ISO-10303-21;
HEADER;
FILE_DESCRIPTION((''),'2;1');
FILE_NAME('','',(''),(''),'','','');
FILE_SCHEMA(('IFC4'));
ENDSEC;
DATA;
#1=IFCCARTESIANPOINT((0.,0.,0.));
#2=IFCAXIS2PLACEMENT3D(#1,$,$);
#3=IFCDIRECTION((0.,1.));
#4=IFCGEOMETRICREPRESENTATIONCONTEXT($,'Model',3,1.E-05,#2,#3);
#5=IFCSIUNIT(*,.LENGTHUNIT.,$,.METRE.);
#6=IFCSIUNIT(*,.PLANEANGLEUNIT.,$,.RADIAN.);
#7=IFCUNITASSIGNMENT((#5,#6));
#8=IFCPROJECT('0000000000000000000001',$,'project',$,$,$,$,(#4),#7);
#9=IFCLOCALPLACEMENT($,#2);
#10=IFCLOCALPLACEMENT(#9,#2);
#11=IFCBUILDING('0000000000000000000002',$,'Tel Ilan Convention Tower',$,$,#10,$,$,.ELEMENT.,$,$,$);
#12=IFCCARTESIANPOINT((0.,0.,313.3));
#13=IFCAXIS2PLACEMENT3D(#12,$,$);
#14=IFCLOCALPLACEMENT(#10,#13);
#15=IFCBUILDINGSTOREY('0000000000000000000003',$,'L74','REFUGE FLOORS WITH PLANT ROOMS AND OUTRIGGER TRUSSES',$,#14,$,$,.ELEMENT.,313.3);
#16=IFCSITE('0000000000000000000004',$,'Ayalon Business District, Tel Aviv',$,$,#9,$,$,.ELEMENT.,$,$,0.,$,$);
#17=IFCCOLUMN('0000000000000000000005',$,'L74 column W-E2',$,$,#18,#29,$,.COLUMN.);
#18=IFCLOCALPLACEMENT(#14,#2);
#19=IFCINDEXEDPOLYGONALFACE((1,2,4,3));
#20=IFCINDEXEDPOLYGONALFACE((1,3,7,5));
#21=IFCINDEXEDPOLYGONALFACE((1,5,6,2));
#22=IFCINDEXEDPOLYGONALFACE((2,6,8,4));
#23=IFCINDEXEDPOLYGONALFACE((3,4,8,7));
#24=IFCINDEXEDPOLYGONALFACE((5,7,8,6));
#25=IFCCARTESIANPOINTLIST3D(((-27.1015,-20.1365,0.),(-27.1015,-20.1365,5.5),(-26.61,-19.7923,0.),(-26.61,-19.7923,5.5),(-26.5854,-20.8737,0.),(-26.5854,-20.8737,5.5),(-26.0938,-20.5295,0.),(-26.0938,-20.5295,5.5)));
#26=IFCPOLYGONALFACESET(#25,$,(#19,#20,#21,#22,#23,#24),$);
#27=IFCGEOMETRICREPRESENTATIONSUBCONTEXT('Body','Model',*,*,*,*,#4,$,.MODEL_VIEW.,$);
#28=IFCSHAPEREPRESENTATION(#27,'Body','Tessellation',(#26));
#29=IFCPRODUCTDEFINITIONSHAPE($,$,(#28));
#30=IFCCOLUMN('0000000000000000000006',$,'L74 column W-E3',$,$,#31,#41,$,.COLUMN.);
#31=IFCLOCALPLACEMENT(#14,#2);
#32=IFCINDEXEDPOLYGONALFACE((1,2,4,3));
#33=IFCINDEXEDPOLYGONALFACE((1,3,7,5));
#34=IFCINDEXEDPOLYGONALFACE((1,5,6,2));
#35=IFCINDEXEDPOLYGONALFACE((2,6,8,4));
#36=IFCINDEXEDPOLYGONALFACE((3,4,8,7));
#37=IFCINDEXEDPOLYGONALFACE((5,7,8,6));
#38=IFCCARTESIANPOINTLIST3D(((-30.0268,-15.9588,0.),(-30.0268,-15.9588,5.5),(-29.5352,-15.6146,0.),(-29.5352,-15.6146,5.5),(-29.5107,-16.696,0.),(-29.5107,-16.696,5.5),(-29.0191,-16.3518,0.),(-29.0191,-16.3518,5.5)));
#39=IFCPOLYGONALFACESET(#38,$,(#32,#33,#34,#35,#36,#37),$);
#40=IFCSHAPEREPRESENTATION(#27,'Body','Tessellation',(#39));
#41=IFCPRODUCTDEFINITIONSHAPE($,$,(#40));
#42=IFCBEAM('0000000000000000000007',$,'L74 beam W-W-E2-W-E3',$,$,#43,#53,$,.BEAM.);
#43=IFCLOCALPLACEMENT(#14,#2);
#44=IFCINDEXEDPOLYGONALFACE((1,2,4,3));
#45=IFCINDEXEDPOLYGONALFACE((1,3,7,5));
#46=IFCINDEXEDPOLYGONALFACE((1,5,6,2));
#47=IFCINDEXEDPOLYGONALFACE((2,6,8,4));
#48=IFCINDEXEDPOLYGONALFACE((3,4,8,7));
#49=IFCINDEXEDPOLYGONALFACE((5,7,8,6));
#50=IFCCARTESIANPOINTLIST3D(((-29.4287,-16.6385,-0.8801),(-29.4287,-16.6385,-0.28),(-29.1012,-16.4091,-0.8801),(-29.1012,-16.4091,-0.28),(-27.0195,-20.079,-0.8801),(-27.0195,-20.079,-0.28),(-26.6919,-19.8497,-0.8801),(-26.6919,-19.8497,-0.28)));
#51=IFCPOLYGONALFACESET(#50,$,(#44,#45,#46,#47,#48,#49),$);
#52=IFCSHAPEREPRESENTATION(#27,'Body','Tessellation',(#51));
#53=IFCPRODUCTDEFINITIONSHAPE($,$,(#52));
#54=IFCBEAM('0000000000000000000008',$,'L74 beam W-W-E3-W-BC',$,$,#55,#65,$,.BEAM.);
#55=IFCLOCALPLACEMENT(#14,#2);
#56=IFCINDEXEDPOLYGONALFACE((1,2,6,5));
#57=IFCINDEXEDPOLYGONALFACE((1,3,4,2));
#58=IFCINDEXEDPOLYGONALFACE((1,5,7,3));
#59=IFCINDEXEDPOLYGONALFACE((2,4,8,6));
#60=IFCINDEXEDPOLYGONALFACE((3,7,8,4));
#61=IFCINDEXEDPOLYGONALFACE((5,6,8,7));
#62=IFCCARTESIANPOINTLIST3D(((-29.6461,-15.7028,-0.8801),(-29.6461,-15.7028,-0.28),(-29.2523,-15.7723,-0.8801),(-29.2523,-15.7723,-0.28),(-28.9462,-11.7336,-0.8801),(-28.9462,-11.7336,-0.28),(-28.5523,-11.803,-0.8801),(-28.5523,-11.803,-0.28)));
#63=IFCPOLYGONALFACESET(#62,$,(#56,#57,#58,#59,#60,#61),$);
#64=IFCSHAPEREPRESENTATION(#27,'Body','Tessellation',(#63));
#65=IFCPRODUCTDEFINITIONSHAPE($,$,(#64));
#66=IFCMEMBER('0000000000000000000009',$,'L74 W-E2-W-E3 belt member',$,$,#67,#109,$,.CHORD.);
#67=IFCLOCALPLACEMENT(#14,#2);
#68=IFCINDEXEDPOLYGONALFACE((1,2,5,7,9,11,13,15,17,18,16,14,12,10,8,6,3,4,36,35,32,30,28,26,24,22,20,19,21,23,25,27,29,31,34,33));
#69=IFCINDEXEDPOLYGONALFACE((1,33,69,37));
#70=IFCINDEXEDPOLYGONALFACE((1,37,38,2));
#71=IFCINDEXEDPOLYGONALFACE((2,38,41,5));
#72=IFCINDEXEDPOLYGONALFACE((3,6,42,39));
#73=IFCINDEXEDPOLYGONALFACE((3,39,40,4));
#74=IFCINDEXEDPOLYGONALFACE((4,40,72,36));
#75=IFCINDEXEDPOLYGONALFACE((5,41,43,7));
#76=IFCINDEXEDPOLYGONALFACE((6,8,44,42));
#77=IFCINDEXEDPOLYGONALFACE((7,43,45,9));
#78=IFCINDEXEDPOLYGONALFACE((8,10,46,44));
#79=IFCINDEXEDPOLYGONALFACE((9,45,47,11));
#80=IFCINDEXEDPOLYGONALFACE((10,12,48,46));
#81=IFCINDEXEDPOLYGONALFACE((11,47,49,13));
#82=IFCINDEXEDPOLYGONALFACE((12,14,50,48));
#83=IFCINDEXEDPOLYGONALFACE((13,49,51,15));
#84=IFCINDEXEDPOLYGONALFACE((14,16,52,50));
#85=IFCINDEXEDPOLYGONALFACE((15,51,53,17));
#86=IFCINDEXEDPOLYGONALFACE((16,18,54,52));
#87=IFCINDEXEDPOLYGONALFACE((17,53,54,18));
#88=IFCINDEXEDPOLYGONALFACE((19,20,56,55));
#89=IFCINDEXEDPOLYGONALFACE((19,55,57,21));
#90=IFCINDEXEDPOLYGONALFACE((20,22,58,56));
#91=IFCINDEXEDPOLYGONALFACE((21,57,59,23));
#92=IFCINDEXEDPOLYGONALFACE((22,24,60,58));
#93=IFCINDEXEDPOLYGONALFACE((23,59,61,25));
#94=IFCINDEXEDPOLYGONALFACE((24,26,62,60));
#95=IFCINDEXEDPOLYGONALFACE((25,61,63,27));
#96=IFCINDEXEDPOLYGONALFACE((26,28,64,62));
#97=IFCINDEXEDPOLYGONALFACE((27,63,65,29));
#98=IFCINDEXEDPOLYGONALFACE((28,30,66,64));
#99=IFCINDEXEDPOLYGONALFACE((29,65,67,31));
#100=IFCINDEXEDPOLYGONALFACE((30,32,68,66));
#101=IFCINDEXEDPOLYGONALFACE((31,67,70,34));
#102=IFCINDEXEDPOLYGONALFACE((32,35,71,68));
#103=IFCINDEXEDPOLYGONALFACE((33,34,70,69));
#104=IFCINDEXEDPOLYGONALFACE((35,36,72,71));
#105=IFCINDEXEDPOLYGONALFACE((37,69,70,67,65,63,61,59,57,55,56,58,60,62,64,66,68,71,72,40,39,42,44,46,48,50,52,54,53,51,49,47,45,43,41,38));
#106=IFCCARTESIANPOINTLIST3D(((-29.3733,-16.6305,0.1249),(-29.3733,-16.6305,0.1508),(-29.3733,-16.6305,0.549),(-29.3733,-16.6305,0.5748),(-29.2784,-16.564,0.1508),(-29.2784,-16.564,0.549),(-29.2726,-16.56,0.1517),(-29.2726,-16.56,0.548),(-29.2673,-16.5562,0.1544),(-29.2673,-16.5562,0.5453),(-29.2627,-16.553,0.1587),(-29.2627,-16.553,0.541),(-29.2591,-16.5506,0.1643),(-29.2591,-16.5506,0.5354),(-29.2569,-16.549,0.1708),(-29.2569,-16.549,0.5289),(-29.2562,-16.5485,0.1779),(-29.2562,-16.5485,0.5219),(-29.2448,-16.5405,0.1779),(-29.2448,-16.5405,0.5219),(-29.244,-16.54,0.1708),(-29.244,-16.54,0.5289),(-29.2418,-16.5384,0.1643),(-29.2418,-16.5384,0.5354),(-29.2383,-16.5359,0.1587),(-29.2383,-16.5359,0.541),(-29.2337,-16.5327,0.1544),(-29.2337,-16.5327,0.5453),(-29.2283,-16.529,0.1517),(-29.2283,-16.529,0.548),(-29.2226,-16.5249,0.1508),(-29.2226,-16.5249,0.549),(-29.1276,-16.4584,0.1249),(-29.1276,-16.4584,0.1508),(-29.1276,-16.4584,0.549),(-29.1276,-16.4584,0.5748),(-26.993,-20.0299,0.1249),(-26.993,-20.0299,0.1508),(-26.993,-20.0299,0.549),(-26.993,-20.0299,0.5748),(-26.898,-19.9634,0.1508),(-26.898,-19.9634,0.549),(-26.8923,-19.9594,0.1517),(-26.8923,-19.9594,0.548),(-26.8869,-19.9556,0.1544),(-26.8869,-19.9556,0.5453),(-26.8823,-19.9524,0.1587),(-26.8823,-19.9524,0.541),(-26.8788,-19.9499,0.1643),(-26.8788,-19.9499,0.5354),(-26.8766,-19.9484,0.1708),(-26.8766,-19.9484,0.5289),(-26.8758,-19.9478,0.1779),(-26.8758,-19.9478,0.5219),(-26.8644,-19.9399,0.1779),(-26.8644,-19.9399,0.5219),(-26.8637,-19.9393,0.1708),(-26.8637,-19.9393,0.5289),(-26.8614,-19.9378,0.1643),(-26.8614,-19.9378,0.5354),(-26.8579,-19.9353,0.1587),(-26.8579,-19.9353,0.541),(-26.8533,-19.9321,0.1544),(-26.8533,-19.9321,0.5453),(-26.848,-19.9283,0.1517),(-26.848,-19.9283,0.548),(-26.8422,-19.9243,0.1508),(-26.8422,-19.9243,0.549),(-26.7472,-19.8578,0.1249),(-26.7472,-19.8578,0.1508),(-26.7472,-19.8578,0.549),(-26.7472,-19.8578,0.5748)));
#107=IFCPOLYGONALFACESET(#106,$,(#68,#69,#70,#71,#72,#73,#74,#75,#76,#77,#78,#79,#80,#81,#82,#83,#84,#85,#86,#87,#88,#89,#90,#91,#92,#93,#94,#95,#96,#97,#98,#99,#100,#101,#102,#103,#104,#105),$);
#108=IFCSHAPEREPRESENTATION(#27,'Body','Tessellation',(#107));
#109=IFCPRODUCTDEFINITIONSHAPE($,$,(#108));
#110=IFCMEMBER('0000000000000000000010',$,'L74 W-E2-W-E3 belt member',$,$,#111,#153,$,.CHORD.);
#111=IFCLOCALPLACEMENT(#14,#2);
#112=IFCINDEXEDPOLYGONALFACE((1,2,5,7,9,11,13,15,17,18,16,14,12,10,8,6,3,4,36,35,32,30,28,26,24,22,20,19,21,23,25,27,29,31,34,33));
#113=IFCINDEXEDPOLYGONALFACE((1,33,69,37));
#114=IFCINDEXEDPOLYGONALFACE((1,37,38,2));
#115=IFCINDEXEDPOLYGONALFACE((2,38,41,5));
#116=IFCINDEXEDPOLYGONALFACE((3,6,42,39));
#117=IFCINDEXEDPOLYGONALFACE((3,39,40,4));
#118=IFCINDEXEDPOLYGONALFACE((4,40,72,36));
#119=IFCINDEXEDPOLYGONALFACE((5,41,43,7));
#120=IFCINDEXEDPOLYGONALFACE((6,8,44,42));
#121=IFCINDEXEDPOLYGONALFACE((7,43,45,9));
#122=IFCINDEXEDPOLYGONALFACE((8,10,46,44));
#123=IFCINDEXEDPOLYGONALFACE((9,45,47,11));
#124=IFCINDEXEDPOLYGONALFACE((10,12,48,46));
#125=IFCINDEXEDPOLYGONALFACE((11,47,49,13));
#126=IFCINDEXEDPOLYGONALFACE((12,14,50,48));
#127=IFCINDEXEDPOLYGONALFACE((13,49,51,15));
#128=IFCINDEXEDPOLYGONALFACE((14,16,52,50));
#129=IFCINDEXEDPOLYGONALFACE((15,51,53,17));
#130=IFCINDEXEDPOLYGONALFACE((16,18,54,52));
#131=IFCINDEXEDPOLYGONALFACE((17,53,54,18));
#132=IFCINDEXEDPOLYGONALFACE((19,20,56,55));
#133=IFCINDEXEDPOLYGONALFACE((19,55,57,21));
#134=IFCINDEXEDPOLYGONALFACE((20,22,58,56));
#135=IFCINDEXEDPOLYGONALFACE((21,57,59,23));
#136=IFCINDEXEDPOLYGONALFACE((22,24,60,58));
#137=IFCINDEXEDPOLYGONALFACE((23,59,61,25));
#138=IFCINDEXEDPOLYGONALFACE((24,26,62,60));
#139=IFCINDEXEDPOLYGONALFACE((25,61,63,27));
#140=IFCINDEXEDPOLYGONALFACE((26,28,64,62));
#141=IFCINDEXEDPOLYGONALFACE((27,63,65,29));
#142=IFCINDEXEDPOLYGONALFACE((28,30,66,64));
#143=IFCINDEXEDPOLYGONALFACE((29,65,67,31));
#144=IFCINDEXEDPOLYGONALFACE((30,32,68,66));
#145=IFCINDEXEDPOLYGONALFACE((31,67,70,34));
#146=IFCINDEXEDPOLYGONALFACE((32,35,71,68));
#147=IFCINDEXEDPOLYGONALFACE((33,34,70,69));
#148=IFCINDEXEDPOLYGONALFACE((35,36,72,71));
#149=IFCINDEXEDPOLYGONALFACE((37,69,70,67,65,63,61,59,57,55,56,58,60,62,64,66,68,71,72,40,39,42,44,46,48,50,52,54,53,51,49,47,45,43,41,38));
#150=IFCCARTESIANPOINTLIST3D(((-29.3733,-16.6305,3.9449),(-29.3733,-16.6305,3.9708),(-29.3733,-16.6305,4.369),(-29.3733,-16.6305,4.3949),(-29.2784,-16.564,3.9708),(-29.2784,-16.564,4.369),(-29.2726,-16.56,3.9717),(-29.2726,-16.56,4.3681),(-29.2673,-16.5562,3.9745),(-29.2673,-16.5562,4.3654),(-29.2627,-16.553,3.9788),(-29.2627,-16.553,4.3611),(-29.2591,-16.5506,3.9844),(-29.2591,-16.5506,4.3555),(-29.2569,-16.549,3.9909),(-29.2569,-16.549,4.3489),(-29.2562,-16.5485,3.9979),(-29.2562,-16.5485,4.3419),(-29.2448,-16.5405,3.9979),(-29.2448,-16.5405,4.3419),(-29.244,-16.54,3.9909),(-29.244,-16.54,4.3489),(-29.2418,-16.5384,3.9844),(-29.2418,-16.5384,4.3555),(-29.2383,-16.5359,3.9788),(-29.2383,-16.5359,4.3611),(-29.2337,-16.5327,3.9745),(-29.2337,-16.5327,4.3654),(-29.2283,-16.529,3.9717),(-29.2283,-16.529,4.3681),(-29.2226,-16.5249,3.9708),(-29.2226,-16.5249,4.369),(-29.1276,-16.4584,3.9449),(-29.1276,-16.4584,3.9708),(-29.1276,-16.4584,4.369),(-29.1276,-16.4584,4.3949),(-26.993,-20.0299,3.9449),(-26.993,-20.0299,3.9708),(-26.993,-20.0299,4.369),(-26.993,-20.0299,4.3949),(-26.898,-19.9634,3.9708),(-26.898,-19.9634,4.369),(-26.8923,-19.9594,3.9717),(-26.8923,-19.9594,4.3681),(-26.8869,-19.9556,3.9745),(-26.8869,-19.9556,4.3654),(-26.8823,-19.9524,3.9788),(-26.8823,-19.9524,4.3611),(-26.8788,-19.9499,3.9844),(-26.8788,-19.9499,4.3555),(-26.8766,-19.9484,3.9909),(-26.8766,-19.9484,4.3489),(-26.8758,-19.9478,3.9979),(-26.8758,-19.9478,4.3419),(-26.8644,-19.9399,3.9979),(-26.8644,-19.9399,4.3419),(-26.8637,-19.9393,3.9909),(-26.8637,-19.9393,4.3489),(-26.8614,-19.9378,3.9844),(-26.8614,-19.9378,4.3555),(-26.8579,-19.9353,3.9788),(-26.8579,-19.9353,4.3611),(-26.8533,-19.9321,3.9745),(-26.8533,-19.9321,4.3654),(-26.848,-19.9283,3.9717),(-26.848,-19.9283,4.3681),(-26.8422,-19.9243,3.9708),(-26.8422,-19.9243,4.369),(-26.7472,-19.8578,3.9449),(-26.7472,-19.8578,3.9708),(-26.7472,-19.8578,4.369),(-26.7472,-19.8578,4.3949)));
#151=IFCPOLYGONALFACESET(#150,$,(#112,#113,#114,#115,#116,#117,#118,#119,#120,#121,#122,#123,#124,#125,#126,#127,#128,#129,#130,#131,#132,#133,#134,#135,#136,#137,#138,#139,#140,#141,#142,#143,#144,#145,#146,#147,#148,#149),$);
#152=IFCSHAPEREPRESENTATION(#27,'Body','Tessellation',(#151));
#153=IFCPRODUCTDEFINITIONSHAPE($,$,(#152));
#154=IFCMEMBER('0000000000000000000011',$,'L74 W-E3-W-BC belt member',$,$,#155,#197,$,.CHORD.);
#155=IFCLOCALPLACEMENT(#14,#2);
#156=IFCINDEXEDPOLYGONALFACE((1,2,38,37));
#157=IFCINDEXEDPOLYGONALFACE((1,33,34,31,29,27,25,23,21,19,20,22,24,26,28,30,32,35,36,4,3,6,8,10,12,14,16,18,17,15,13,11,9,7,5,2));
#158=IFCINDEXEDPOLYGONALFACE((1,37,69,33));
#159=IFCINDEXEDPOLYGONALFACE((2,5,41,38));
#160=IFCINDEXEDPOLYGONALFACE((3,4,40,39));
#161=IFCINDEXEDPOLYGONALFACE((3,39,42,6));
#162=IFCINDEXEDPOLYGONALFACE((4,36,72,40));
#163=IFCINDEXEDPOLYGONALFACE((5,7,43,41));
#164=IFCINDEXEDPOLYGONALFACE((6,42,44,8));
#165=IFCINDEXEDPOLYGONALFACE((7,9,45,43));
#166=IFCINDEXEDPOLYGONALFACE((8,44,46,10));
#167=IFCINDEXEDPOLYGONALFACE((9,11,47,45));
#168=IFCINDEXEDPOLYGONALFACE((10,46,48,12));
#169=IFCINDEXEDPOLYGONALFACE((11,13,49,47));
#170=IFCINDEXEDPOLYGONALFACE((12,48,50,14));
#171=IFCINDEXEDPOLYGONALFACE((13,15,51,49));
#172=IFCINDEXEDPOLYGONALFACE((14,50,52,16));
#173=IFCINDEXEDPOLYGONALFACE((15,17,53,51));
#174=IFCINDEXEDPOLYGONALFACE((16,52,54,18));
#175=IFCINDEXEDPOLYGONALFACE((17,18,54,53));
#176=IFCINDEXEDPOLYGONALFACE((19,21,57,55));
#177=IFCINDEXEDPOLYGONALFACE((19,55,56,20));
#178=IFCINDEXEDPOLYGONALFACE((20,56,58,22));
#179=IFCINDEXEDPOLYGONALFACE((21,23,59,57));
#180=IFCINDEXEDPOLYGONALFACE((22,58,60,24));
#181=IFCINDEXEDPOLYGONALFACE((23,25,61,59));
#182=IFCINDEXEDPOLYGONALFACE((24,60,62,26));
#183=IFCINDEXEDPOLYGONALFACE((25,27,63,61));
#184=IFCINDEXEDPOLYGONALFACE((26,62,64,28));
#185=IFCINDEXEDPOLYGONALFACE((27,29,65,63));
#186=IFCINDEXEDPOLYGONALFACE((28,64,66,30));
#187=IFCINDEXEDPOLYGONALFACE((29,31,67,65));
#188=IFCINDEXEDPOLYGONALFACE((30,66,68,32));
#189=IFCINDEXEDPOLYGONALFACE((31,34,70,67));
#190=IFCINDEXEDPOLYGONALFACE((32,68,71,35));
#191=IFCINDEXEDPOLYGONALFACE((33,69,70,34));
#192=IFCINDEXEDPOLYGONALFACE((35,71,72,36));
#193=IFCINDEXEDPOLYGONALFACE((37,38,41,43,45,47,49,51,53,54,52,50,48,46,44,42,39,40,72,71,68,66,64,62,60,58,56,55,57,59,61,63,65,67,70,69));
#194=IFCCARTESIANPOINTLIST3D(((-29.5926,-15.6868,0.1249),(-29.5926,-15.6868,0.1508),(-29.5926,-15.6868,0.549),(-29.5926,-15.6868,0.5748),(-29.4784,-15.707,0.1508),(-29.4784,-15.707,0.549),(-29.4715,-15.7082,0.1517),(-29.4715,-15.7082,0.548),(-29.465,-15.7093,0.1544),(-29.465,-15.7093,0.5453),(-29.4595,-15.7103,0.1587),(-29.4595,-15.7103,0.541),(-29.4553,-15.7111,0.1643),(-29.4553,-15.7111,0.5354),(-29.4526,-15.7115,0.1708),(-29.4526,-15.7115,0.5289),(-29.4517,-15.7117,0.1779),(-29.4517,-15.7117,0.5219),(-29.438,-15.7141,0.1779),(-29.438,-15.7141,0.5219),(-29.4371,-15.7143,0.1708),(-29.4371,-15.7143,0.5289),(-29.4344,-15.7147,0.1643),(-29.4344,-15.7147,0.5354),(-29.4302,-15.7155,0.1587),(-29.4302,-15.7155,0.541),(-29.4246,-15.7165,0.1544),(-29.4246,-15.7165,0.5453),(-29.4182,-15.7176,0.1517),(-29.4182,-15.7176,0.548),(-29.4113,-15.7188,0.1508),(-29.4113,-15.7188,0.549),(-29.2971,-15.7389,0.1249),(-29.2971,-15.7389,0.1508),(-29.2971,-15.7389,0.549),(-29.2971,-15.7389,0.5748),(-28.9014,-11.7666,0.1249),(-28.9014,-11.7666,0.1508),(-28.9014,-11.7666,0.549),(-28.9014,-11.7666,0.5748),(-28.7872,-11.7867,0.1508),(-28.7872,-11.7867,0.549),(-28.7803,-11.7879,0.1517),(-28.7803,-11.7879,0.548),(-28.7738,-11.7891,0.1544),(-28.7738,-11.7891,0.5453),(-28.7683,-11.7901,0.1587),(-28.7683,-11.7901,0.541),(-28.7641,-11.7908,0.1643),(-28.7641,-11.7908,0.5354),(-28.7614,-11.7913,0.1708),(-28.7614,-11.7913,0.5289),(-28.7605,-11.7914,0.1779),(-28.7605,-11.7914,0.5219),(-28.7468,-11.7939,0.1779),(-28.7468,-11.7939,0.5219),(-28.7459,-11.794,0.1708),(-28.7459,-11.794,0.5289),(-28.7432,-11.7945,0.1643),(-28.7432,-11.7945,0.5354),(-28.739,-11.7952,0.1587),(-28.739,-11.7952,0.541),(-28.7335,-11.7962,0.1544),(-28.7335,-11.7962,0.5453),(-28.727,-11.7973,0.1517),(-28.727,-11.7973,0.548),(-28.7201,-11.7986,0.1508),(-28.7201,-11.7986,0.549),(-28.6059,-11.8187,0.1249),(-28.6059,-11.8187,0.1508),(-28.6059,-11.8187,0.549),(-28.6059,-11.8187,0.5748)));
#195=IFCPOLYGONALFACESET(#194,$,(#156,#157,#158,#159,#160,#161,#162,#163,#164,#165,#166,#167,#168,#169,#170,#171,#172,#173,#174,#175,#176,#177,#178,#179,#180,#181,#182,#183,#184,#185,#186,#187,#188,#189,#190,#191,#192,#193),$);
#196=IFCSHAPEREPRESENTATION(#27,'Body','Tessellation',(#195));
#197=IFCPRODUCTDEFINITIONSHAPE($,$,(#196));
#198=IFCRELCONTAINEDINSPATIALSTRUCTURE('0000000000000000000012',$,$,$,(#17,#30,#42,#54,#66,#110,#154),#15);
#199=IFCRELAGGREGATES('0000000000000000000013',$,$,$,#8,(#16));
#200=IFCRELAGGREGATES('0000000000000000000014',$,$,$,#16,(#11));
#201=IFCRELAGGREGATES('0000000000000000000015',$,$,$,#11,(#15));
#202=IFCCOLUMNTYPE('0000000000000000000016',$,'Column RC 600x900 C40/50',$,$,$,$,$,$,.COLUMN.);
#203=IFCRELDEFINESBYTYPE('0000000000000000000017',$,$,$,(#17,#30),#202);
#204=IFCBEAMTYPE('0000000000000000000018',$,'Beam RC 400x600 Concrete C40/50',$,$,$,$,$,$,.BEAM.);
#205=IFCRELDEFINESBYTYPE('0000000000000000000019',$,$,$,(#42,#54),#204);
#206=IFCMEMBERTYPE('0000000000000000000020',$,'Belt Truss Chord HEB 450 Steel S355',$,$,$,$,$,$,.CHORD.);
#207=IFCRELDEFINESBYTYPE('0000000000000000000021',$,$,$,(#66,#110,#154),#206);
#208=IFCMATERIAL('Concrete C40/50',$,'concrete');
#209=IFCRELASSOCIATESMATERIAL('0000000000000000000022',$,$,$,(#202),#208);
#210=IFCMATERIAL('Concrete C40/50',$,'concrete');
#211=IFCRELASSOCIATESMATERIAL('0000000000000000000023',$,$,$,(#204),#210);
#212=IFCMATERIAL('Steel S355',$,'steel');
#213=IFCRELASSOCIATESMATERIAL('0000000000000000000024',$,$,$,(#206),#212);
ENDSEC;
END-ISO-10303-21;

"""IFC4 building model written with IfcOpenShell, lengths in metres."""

from ifc_helpers import new_model, si_unit, direction, frame, origin, origin_2d, place, context, subcontext, project, spatial, rectangle, i_section, extrude, material, material_profile, profile_set, type_object, element, save


model = new_model("IFC4")

# Units and contexts
model_context = context("Model", 3, precision=1e-05, world=origin(), true_north=direction((0.0, 1.0)))
body_context = subcontext(model_context, "Body", "Model", "MODEL_VIEW")
ifc_project = project(units=[si_unit("LENGTHUNIT", "METRE"), si_unit("PLANEANGLEUNIT", "RADIAN")], contexts=[model_context])

# Site, building, storey
site_placement = place(None, origin())
site = spatial("IfcSite", under=ifc_project, at=site_placement, Name="Ayalon Business District, Tel Aviv", CompositionType="ELEMENT", RefElevation=0.0)
building_placement = place(site_placement, origin())
building = spatial("IfcBuilding", under=site, at=building_placement, Name="Tel Ilan Convention Tower", CompositionType="ELEMENT")
storey_placement = place(building_placement, frame((0.0, 0.0, 313.3)))
storey = spatial("IfcBuildingStorey", under=building, at=storey_placement, Name="L74", Description="REFUGE FLOORS WITH PLANT ROOMS AND OUTRIGGER TRUSSES", CompositionType="ELEMENT", Elevation=313.3)

# Columns
ifc_material_1 = material(Name="Concrete C40/50", Category="concrete")
ifc_material_profile_1 = material_profile(ifc_material_1, rectangle(XDim=0.8999, YDim=0.6001, at=origin_2d()), Name="RC 600x900")
ifc_profile_set_1 = profile_set([ifc_material_profile_1], Name="Concrete C40/50")
column_type = type_object("IfcColumnType", Name="Column RC 600x900 C40/50", PredefinedType="COLUMN", material=ifc_profile_set_1)
for number, where, z_axis, x_axis, name in (
    (1, (-26.5977, -20.333, 0.0), (0.0, 0.0, 1.0), (-0.573576, 0.819152, 0.0), "L74 column W-E2"),
    (2, (-29.5229, -16.1553, 0.0), (0.0, 0.0, 1.0), (-0.573576, 0.819152, 0.0), "L74 column W-E3"),
):
    element("IfcColumn", number, at=place(storey_placement, frame(where, z_axis=z_axis, x_axis=x_axis)), inside=storey, type_object=column_type, Name=name, PredefinedType="COLUMN", context=body_context, shape_type="SweptSolid", body=[
        extrude(rectangle(XDim=0.8999, YDim=0.6001, at=origin_2d()), origin(), (0.0, 0.0, 1.0), 5.5),
    ])

# Beams
ifc_material_2 = material(Name="Concrete C40/50", Category="concrete")
ifc_material_profile_2 = material_profile(ifc_material_2, rectangle(XDim=0.3999, YDim=0.6001, at=origin_2d()), Name="RC 400x600")
ifc_profile_set_2 = profile_set([ifc_material_profile_2], Name="Concrete C40/50")
beam_type = type_object("IfcBeamType", Name="Beam RC 400x600 Concrete C40/50", PredefinedType="BEAM", material=ifc_profile_set_2)
beam_1_placement = place(storey_placement, frame((-26.8557, -19.9644, -0.5801), z_axis=(-0.573603, 0.819134, 0.0), x_axis=(-0.819134, -0.573603, 0.0)))
element("IfcBeam", 3, at=beam_1_placement, inside=storey, type_object=beam_type, Name="L74 beam W-W-E2-W-E3", PredefinedType="BEAM", context=body_context, shape_type="SweptSolid", body=[
    extrude(rectangle(XDim=0.3999, YDim=0.6001, at=origin_2d()), origin(), (0.0, 0.0, 1.0), 4.2002),
])
beam_2_placement = place(storey_placement, frame((-29.4492, -15.7375, -0.5801), z_axis=(0.173664, 0.984805, 0.0), x_axis=(-0.984805, 0.173664, 0.0)))
element("IfcBeam", 4, at=beam_2_placement, inside=storey, type_object=beam_type, Name="L74 beam W-W-E3-W-BC", PredefinedType="BEAM", context=body_context, shape_type="SweptSolid", body=[
    extrude(rectangle(XDim=0.3999, YDim=0.6001, at=origin_2d()), origin(), (0.0, 0.0, 1.0), 4.0305),
])

# Members
ifc_material_3 = material(Name="Steel S355", Category="steel")
ifc_material_profile_3 = material_profile(ifc_material_3, i_section(OverallWidth=0.3, OverallDepth=0.45, WebThickness=0.0139, FlangeThickness=0.0259, FilletRadius=0.0271, at=origin_2d()), Name="HEB 450")
ifc_profile_set_3 = profile_set([ifc_material_profile_3], Name="Steel S355")
member_type_1 = type_object("IfcMemberType", Name="Belt Truss Chord HEB 450 Steel S355", PredefinedType="CHORD", material=ifc_profile_set_3)
for number, where, z_axis, x_axis, name in (
    (5, (-26.8701, -19.9438, 0.3499), (-0.573589, 0.819143, 0.0), (-0.819143, -0.573589, 0.0), "L74 W-E2-W-E3 belt member"),
    (6, (-26.8701, -19.9438, 4.1699), (-0.573589, 0.819143, 0.0), (-0.819143, -0.573589, 0.0), "L74 W-E2-W-E3 belt member"),
):
    element("IfcMember", number, at=place(storey_placement, frame(where, z_axis=z_axis, x_axis=x_axis)), inside=storey, type_object=member_type_1, Name=name, PredefinedType="CHORD", context=body_context, shape_type="SweptSolid", body=[
        extrude(i_section(OverallWidth=0.3, OverallDepth=0.45, WebThickness=0.0139, FlangeThickness=0.0259, FilletRadius=0.0271, at=origin_2d()), origin(), (0.0, 0.0, 1.0), 4.1499),
    ])
for number, where, z_axis, x_axis, name in (
    (7, (-29.4448, -15.7129, 0.3499), (0.173631, 0.984811, 0.0), (-0.984811, 0.173631, 0.0), "L74 W-E3-W-BC belt member"),
):
    element("IfcMember", number, at=place(storey_placement, frame(where, z_axis=z_axis, x_axis=x_axis)), inside=storey, type_object=member_type_1, Name=name, PredefinedType="CHORD", context=body_context, shape_type="SweptSolid", body=[
        extrude(i_section(OverallWidth=0.3, OverallDepth=0.45, WebThickness=0.0139, FlangeThickness=0.0259, FilletRadius=0.0271, at=origin_2d()), origin(), (0.0, 0.0, 1.0), 3.9807),
    ])

save(model, "model.ifc")
